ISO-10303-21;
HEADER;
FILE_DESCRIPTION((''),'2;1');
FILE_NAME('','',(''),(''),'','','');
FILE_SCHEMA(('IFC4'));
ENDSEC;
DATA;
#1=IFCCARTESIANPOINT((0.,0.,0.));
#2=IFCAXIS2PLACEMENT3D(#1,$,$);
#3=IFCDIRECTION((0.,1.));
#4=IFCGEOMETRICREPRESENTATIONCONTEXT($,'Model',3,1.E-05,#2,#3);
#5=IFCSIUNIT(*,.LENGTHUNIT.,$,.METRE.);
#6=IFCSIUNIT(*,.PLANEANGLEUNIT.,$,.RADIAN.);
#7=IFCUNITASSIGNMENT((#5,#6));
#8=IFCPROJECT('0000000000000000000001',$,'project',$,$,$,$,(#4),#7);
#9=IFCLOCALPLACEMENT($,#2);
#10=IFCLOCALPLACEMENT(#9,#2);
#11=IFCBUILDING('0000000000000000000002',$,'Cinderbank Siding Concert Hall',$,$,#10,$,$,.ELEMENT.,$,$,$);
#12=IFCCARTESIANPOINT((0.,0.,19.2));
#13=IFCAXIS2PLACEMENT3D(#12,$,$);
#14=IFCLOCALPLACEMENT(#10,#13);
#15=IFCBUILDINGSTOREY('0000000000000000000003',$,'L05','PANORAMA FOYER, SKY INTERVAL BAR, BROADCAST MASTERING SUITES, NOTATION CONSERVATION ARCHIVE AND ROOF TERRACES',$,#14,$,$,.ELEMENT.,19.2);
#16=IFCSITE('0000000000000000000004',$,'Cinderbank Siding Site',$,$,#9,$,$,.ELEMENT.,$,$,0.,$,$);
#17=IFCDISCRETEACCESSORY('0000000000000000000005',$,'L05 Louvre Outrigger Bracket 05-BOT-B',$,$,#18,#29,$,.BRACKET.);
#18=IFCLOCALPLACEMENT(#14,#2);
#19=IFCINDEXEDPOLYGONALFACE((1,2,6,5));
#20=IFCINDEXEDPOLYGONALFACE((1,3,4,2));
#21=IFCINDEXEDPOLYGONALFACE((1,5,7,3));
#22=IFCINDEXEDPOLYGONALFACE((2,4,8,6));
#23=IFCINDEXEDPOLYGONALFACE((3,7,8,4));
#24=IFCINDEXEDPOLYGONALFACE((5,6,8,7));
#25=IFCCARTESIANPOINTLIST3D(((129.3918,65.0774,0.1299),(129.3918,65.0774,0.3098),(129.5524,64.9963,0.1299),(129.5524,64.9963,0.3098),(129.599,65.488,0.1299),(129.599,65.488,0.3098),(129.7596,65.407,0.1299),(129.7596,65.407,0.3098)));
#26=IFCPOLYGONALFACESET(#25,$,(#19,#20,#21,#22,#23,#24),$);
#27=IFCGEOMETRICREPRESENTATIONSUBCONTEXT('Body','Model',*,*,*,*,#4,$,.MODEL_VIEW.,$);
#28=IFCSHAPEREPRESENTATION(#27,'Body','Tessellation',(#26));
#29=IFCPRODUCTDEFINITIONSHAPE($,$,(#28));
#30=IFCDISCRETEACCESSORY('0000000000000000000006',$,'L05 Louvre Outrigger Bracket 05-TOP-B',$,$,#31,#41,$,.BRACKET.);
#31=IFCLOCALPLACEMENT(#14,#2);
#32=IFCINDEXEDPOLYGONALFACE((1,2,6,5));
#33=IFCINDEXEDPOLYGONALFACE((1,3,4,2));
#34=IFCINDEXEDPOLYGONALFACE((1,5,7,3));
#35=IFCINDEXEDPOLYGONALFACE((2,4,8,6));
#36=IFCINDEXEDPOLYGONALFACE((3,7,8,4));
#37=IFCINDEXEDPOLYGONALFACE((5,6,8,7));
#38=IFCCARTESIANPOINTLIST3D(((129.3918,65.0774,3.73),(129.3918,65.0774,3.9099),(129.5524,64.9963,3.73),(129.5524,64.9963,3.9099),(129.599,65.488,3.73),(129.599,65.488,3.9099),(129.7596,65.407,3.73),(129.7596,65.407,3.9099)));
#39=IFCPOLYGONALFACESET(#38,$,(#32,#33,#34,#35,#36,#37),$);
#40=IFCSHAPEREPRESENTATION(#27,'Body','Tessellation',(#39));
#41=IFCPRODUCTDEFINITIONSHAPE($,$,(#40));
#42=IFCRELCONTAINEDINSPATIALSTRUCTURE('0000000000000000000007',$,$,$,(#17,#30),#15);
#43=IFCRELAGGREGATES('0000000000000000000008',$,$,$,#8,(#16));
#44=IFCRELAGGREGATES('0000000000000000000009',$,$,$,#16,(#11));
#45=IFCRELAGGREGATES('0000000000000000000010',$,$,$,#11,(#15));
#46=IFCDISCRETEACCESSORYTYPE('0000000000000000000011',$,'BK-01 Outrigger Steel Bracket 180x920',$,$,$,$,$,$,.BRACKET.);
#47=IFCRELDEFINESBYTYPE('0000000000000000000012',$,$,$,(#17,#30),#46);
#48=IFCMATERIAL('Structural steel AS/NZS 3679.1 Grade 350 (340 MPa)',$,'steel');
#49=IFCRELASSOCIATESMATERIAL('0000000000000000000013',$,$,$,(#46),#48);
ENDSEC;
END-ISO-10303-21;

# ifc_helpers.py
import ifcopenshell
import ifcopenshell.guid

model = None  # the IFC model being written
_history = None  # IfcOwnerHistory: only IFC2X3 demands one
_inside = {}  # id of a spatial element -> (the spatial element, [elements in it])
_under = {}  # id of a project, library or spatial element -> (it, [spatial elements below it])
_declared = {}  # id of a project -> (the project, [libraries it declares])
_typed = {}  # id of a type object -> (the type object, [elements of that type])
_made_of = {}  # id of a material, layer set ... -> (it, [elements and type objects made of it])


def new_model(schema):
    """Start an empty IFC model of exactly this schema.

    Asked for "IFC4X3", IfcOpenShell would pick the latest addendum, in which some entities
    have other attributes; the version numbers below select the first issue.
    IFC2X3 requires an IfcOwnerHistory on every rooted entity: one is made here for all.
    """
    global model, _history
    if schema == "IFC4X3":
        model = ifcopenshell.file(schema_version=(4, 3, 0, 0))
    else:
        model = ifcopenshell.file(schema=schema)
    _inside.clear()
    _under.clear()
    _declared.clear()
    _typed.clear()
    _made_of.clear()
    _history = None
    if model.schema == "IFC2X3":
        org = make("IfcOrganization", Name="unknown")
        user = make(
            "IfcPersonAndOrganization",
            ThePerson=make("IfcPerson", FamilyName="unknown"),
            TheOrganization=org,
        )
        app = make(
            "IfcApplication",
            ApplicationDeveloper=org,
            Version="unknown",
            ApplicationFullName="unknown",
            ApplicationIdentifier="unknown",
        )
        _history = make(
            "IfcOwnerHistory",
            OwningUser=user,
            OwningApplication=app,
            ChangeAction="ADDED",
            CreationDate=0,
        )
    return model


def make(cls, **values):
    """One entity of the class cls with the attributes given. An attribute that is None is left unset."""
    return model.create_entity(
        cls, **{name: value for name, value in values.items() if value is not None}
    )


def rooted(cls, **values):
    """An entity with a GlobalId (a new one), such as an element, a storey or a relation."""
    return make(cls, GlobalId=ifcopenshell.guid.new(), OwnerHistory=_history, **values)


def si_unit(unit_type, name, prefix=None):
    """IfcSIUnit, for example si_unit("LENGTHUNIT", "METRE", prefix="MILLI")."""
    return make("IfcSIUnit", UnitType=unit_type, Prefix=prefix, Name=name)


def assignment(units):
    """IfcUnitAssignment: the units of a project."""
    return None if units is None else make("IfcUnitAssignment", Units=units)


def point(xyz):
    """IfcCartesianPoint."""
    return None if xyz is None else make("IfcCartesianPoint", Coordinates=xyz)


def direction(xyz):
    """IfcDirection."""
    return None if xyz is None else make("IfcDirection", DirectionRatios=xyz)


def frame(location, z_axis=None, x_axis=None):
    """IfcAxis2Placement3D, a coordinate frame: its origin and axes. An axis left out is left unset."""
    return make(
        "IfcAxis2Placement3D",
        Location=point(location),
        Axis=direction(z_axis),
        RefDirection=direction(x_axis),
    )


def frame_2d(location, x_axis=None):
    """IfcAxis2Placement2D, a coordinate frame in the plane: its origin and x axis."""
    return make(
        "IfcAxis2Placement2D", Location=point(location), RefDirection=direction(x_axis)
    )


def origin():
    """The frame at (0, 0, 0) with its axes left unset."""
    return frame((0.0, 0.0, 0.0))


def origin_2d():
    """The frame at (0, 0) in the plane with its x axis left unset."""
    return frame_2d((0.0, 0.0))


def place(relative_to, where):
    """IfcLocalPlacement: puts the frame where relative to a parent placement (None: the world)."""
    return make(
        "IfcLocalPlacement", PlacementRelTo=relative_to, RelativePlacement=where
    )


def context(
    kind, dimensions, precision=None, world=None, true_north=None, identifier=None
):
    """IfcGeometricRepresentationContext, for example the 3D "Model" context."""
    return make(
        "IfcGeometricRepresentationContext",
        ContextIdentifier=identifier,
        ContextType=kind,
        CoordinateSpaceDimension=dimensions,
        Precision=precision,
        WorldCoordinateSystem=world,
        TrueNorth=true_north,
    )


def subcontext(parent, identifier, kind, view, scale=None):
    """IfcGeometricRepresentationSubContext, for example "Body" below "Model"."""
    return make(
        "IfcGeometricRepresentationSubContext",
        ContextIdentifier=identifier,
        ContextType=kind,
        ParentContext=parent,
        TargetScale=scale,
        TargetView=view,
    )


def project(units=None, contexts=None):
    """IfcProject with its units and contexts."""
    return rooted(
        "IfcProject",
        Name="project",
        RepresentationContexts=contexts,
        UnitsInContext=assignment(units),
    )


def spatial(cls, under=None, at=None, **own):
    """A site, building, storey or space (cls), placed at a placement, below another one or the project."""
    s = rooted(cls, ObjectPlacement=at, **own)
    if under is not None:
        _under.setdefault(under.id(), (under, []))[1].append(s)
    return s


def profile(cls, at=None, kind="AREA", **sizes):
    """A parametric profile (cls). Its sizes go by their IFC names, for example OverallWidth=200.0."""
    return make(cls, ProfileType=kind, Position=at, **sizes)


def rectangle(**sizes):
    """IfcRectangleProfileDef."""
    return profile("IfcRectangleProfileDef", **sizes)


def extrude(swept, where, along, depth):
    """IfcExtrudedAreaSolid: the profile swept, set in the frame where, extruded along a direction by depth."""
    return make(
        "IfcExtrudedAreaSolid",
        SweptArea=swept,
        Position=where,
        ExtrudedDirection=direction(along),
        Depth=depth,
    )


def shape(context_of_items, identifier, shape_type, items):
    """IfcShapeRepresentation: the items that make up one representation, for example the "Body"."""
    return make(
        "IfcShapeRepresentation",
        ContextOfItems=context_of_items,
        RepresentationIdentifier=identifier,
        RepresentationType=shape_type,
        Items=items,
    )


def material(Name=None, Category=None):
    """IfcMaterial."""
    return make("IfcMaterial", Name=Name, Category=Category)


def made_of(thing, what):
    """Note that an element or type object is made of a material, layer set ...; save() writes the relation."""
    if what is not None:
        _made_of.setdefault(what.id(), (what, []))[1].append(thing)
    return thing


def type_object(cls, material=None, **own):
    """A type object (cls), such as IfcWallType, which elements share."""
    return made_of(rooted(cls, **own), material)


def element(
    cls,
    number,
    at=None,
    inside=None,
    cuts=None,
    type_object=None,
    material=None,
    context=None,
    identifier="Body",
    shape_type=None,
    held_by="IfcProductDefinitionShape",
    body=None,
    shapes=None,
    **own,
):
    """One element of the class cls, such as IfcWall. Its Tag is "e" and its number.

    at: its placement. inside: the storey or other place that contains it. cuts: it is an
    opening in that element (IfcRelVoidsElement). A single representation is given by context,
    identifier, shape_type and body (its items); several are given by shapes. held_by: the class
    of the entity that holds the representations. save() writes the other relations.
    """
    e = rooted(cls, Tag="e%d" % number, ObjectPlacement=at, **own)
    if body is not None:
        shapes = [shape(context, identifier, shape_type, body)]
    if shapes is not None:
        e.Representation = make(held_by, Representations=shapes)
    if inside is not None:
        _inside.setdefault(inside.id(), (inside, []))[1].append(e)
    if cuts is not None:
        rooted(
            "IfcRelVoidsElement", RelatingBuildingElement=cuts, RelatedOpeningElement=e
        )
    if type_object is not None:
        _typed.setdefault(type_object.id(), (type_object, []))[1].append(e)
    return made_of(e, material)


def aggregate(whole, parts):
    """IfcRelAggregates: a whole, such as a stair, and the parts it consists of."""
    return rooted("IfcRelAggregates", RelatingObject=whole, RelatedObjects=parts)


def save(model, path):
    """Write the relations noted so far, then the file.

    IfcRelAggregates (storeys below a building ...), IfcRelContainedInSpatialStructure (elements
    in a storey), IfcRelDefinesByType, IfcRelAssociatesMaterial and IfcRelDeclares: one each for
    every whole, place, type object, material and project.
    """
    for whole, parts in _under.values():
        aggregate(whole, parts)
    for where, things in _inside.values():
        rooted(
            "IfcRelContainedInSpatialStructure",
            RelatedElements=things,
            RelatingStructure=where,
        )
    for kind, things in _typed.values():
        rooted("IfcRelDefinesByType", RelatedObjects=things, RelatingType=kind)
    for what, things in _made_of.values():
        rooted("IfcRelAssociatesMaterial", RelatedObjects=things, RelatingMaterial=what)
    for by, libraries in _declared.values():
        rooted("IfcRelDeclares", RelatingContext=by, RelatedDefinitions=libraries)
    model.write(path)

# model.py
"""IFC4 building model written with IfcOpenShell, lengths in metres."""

from ifc_helpers import new_model, si_unit, direction, frame, origin, origin_2d, place, context, subcontext, project, spatial, rectangle, extrude, material, type_object, element, save


model = new_model("IFC4")

# Units and contexts
model_context = context("Model", 3, precision=1e-05, world=origin(), true_north=direction((0.0, 1.0)))
body_context = subcontext(model_context, "Body", "Model", "MODEL_VIEW")
ifc_project = project(units=[si_unit("LENGTHUNIT", "METRE"), si_unit("PLANEANGLEUNIT", "RADIAN")], contexts=[model_context])

# Site, building, storey
site_placement = place(None, origin())
site = spatial("IfcSite", under=ifc_project, at=site_placement, Name="Cinderbank Siding Site", CompositionType="ELEMENT", RefElevation=0.0)
building_placement = place(site_placement, origin())
building = spatial("IfcBuilding", under=site, at=building_placement, Name="Cinderbank Siding Concert Hall", CompositionType="ELEMENT")
storey_placement = place(building_placement, frame((0.0, 0.0, 19.2)))
storey = spatial("IfcBuildingStorey", under=building, at=storey_placement, Name="L05", Description="PANORAMA FOYER, SKY INTERVAL BAR, BROADCAST MASTERING SUITES, NOTATION CONSERVATION ARCHIVE AND ROOF TERRACES", CompositionType="ELEMENT", Elevation=19.2)

# Shared definitions
ifc_material_1 = material(Name="Structural steel AS/NZS 3679.1 Grade 350 (340 MPa)", Category="steel")

# Discrete accessories
discrete_accessory_type = type_object("IfcDiscreteAccessoryType", Name="BK-01 Outrigger Steel Bracket 180x920", PredefinedType="BRACKET", material=ifc_material_1)
for number, where, z_axis, x_axis, name in (
    (1, (129.5757, 65.2422, 0.1299), (0.0, 0.0, 1.0), (0.450487, 0.892783, 0.0), "L05 Louvre Outrigger Bracket 05-BOT-B"),
    (2, (129.5757, 65.2422, 3.73), (0.0, 0.0, 1.0), (0.450487, 0.892783, 0.0), "L05 Louvre Outrigger Bracket 05-TOP-B"),
):
    element("IfcDiscreteAccessory", number, at=place(storey_placement, frame(where, z_axis=z_axis, x_axis=x_axis)), inside=storey, type_object=discrete_accessory_type, Name=name, PredefinedType="BRACKET", context=body_context, shape_type="SweptSolid", body=[
        extrude(rectangle(XDim=0.46, YDim=0.1799, at=origin_2d()), origin(), (0.0, 0.0, 1.0), 0.1799),
    ])

save(model, "model.ifc")
